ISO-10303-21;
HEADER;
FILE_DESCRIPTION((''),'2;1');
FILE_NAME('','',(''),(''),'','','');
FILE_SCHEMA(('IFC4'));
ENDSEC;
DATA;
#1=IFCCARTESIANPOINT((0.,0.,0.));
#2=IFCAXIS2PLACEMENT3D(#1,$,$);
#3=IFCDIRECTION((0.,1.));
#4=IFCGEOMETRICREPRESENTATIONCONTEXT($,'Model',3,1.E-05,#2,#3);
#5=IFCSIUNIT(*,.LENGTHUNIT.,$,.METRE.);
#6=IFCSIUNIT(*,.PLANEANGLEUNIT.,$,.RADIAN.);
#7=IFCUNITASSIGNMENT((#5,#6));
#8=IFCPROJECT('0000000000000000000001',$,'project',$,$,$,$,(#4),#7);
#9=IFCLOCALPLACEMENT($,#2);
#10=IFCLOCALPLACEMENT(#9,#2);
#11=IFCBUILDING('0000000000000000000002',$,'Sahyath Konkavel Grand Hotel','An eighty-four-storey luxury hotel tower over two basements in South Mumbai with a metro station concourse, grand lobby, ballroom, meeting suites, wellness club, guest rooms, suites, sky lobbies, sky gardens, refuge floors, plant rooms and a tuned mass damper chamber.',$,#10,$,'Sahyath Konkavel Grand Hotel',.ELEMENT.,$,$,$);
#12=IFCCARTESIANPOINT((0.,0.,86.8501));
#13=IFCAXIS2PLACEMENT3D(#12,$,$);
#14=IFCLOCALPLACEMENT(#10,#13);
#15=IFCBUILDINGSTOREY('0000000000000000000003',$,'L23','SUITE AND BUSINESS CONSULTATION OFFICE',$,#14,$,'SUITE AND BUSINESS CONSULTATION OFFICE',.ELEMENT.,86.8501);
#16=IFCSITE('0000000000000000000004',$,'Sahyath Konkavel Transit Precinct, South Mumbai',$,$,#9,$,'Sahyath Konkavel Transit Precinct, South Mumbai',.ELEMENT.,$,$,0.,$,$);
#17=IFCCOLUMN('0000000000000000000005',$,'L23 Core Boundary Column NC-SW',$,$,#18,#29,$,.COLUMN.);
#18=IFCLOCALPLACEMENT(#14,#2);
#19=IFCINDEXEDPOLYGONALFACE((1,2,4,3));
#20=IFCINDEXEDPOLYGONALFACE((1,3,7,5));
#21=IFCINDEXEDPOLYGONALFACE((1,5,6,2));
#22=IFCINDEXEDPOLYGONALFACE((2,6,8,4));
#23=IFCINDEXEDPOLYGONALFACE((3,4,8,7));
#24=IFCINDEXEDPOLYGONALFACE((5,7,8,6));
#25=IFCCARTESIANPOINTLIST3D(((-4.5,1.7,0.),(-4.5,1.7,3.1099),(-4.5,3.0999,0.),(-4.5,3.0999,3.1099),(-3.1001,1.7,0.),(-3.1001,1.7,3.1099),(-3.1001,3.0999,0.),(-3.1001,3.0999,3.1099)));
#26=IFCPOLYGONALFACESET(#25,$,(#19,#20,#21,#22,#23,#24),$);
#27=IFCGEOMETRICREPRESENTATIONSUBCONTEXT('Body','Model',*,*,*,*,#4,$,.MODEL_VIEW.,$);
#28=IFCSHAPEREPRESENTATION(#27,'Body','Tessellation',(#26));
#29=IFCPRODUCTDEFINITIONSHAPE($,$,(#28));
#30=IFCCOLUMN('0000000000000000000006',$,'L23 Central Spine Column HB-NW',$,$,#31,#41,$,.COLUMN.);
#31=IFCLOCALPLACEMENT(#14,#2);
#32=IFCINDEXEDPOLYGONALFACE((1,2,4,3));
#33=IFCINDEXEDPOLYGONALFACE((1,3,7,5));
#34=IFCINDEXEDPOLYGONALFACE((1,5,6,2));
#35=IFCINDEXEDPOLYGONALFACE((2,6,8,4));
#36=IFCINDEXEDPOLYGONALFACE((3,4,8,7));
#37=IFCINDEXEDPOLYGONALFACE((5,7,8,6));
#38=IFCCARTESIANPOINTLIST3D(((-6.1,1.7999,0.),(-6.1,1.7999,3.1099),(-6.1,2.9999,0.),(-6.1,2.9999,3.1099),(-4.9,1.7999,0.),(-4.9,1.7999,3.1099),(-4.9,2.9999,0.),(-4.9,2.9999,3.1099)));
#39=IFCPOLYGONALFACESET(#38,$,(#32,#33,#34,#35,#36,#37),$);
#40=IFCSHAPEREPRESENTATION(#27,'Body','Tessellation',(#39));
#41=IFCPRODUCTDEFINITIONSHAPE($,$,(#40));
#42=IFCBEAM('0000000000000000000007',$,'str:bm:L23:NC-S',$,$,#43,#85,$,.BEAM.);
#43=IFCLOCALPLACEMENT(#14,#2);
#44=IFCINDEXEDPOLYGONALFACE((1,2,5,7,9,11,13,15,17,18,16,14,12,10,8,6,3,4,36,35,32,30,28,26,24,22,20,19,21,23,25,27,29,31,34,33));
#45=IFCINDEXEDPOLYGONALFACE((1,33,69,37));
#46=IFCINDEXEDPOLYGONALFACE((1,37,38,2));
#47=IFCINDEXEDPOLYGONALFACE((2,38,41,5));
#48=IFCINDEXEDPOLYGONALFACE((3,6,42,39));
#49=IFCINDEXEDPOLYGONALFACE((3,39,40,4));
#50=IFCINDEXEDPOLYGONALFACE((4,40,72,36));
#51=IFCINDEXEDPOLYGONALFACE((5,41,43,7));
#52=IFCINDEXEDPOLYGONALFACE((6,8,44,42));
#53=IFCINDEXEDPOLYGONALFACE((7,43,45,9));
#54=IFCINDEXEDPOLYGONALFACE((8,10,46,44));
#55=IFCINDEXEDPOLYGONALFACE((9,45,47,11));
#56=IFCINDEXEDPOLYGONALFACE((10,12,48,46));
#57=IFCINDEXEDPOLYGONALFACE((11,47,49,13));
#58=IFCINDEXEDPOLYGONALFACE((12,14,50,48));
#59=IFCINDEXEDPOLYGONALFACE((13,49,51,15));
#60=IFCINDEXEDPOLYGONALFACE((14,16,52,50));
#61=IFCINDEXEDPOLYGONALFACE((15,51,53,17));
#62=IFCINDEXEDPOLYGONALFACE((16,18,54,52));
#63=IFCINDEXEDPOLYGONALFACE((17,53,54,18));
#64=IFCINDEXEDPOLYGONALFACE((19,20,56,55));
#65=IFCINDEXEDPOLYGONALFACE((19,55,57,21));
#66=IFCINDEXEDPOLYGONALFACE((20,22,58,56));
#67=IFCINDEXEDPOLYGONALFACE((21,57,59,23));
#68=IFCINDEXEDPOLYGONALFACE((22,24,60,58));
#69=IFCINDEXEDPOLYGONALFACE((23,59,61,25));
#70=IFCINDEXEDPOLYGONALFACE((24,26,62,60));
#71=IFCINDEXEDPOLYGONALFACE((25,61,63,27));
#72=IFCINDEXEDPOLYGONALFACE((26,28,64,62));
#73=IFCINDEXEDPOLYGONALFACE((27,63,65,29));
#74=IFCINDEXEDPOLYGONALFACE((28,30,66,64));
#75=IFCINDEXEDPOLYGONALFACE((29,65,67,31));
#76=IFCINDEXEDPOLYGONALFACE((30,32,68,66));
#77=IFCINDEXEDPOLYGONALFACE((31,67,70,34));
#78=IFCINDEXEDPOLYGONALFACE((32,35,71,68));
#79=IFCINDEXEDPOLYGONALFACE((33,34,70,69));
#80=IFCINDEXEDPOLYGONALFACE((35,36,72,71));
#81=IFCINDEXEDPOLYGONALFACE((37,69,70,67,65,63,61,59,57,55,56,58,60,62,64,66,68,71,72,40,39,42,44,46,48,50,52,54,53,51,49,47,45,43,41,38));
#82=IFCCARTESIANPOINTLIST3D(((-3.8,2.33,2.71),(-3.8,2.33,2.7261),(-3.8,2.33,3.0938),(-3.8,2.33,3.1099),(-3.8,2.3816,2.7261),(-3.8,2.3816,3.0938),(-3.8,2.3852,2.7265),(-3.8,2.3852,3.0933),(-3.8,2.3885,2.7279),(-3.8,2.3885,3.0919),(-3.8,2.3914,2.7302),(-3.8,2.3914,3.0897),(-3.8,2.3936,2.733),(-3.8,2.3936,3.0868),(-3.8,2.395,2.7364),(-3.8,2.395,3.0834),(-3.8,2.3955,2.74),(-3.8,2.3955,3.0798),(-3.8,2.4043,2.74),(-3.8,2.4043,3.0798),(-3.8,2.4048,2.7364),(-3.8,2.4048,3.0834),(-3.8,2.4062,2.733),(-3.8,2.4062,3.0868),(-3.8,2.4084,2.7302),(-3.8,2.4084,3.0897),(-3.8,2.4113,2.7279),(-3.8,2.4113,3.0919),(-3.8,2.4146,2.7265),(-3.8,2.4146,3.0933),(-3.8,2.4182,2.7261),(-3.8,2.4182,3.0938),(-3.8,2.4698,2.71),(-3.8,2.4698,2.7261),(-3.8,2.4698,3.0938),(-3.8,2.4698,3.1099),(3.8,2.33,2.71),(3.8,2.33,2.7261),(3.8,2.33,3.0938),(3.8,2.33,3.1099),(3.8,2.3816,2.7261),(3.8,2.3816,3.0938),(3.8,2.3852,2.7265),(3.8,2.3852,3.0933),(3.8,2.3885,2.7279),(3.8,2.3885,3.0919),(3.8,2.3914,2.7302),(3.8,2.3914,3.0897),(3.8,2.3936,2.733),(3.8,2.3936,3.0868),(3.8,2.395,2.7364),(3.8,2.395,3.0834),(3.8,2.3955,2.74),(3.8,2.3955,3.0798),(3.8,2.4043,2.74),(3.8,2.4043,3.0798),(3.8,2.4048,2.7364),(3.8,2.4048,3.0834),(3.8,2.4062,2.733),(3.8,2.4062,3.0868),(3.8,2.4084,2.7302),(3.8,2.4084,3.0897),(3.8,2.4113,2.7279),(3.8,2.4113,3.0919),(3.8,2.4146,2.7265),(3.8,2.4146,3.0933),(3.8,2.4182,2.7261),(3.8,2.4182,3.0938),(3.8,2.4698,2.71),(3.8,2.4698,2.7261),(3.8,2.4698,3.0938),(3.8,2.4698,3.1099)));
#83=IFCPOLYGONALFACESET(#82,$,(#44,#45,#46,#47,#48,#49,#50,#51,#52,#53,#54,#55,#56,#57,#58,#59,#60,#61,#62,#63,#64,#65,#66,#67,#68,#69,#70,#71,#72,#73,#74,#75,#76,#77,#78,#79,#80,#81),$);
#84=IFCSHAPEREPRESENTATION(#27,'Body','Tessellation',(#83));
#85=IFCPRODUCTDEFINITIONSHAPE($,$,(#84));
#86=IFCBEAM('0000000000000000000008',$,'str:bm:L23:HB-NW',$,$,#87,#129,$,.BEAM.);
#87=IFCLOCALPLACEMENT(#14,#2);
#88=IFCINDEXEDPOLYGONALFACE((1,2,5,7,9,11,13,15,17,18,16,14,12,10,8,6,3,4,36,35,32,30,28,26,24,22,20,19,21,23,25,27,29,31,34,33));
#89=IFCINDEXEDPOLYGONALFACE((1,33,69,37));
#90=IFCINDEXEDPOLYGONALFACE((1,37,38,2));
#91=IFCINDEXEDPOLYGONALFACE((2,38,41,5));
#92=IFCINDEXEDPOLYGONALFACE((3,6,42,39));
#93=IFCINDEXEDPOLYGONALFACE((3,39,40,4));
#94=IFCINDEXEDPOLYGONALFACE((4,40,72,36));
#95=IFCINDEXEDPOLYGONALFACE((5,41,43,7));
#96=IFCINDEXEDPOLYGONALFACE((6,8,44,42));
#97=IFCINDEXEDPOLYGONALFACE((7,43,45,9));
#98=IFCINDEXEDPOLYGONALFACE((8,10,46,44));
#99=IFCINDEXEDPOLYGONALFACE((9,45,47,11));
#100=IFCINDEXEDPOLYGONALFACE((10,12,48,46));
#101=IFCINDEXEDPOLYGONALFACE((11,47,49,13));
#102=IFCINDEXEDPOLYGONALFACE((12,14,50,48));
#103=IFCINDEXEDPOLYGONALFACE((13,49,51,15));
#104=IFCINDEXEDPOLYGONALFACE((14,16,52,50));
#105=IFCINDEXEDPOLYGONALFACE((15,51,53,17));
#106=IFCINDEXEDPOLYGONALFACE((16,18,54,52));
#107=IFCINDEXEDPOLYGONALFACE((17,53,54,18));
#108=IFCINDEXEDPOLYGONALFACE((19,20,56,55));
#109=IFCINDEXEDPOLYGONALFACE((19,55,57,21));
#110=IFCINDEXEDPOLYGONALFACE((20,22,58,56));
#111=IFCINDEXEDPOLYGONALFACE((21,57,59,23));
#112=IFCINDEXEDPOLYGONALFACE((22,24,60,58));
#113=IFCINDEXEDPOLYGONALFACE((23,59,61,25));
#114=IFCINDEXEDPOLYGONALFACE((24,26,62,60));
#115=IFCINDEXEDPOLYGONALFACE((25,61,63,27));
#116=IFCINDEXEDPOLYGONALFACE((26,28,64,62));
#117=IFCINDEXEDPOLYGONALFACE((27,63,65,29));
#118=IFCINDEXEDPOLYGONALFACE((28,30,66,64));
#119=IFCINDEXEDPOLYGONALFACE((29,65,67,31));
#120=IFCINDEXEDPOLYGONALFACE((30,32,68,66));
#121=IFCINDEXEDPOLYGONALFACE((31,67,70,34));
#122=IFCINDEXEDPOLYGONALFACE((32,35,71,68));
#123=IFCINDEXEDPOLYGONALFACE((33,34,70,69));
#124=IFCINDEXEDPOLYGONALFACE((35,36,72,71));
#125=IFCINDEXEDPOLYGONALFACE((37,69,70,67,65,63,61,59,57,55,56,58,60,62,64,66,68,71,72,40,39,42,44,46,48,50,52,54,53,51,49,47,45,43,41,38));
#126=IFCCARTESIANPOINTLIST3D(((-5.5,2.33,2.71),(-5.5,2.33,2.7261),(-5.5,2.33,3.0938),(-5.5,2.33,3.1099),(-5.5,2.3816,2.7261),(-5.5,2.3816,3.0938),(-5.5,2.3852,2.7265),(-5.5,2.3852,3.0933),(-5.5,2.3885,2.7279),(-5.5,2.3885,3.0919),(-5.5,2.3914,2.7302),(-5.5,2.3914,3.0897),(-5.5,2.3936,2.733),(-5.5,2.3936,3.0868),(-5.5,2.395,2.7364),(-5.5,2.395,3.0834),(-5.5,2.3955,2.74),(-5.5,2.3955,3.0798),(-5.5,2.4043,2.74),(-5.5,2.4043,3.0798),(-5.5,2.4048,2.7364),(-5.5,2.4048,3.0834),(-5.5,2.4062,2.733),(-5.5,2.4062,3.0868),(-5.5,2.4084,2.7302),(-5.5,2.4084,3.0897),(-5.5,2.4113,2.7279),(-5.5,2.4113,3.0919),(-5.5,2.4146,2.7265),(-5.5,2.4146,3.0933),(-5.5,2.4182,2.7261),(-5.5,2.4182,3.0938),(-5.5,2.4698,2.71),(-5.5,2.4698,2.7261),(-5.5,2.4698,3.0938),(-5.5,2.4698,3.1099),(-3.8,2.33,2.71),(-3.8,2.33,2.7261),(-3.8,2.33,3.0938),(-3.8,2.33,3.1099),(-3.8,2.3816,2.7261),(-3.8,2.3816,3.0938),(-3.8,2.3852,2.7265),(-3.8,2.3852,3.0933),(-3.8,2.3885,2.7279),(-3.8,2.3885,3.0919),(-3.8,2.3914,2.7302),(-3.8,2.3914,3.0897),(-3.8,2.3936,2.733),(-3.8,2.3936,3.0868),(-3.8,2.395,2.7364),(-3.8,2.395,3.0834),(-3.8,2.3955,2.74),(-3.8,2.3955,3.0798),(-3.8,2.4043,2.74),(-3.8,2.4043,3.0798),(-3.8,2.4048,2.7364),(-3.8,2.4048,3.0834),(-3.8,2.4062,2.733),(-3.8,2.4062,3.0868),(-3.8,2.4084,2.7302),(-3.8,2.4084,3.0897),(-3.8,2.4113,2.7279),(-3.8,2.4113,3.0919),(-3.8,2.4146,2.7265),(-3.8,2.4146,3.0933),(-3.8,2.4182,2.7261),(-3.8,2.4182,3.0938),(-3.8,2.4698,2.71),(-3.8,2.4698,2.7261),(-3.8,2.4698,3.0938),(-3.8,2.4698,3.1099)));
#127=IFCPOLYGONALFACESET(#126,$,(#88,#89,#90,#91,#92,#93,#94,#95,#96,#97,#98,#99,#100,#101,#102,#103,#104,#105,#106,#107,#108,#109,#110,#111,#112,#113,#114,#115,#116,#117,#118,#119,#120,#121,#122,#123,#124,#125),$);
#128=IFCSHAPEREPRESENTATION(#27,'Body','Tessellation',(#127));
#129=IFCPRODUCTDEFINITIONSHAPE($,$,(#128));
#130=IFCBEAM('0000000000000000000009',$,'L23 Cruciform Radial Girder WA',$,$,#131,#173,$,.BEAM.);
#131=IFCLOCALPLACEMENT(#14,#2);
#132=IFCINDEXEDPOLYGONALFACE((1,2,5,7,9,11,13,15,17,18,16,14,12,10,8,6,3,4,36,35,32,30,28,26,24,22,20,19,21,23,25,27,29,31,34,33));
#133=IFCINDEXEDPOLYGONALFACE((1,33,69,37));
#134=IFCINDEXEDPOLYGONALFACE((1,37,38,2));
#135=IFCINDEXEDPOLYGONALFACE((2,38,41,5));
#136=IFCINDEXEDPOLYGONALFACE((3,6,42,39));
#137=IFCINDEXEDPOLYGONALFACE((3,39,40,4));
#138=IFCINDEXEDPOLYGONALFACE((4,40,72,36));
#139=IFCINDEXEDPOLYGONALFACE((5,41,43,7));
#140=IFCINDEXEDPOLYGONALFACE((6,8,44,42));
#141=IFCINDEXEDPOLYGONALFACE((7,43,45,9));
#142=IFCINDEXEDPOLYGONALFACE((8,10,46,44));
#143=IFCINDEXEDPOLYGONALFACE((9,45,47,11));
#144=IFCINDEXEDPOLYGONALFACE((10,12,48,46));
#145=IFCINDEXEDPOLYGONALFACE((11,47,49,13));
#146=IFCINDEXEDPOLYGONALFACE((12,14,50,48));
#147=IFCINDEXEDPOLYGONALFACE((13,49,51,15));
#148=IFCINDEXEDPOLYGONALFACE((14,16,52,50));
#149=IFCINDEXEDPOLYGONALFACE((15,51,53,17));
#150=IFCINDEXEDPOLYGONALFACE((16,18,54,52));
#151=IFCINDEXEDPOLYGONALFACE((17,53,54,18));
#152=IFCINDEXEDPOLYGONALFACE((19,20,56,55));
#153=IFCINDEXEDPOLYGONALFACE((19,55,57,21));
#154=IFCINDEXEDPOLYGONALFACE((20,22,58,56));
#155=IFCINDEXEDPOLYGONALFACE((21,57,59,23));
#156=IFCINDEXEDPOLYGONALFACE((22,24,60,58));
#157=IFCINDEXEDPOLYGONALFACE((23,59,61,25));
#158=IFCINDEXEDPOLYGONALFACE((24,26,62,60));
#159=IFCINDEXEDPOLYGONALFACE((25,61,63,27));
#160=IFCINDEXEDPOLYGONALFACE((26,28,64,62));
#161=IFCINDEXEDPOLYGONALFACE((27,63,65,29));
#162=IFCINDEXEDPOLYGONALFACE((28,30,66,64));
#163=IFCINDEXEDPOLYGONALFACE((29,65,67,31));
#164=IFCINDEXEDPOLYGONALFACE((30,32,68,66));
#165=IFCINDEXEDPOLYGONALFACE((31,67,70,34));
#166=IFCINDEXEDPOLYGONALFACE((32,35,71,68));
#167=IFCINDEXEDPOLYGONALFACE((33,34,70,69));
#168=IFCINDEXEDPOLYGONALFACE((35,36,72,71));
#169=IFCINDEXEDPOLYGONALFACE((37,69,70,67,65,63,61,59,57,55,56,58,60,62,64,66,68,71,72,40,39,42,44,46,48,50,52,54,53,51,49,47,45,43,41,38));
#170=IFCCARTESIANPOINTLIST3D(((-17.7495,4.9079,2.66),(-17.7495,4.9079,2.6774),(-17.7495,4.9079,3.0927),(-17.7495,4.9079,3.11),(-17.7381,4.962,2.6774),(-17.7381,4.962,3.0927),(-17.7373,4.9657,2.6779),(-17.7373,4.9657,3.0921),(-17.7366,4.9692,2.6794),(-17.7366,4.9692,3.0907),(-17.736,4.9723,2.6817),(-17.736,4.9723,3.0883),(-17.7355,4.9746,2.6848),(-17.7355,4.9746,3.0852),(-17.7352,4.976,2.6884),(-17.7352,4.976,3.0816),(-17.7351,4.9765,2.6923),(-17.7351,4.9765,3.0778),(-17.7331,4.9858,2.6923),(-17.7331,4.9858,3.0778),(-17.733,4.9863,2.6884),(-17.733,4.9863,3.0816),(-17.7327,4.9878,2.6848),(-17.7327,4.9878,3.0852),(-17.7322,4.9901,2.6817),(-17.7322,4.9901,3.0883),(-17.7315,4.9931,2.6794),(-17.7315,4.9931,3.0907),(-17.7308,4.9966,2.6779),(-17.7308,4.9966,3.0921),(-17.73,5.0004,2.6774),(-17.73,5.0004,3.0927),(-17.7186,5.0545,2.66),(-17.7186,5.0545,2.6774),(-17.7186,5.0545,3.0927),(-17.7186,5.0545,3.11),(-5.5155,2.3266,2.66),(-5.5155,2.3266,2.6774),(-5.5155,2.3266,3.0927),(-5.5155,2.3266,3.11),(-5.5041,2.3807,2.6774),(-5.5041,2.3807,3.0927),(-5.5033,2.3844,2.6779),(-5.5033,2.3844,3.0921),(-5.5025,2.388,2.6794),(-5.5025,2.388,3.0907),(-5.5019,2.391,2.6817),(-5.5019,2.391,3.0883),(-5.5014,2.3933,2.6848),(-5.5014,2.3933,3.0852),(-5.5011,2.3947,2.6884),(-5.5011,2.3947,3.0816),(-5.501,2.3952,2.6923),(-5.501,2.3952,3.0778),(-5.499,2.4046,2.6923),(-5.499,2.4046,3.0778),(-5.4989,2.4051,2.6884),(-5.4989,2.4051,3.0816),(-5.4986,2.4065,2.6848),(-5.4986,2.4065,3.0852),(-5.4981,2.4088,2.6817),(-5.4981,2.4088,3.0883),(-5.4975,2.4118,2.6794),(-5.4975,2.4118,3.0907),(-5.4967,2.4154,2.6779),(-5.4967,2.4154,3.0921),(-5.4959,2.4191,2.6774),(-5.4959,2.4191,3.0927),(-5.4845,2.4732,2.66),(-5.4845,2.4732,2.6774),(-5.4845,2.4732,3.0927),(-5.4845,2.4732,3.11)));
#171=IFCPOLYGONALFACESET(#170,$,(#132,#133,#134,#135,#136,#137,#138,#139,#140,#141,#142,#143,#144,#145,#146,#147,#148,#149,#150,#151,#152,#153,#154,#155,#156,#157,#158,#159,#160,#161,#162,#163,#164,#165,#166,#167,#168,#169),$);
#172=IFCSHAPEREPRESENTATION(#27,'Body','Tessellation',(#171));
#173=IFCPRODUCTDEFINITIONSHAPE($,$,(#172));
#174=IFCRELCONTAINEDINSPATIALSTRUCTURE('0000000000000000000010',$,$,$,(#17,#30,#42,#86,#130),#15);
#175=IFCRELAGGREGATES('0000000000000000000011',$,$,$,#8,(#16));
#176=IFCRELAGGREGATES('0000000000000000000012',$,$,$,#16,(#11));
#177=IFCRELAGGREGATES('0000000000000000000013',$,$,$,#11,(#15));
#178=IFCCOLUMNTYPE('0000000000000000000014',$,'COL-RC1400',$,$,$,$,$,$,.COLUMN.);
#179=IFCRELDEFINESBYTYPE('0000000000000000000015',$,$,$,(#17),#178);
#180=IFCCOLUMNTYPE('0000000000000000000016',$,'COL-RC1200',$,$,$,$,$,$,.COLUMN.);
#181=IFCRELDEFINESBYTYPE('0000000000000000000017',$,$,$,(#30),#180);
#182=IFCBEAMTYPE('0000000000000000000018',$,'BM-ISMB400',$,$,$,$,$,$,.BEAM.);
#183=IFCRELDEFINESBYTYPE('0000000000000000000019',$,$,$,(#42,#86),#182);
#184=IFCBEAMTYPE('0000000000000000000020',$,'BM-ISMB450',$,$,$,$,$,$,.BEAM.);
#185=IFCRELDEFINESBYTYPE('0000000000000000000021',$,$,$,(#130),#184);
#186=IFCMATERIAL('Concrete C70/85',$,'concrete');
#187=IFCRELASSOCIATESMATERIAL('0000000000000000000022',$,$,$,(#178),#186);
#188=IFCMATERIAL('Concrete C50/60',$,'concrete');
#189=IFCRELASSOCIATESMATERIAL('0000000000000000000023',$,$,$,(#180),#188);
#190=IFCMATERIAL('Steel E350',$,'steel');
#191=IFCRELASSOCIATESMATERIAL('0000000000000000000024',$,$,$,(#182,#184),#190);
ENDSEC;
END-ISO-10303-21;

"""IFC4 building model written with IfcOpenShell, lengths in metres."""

from ifc_helpers import new_model, si_unit, direction, frame, origin, origin_2d, place, context, subcontext, project, spatial, rectangle, i_section, extrude, source, transform, mapped, material, material_profile, profile_set, type_object, element, save


model = new_model("IFC4")

# Units and contexts
model_context = context("Model", 3, precision=1e-05, world=origin(), true_north=direction((0.0, 1.0)))
body_context = subcontext(model_context, "Body", "Model", "MODEL_VIEW")
ifc_project = project(units=[si_unit("LENGTHUNIT", "METRE"), si_unit("PLANEANGLEUNIT", "RADIAN")], contexts=[model_context])

# Site, building, storey
site_placement = place(None, origin())
site = spatial("IfcSite", under=ifc_project, at=site_placement, Name="Sahyath Konkavel Transit Precinct, South Mumbai", LongName="Sahyath Konkavel Transit Precinct, South Mumbai", CompositionType="ELEMENT", RefElevation=0.0)
building_placement = place(site_placement, origin())
building = spatial("IfcBuilding", under=site, at=building_placement, Name="Sahyath Konkavel Grand Hotel", Description="An eighty-four-storey luxury hotel tower over two basements in South Mumbai with a metro station concourse, grand lobby, ballroom, meeting suites, wellness club, guest rooms, suites, sky lobbies, sky gardens, refuge floors, plant rooms and a tuned mass damper chamber.", LongName="Sahyath Konkavel Grand Hotel", CompositionType="ELEMENT")
storey_placement = place(building_placement, frame((0.0, 0.0, 86.8501)))
storey = spatial("IfcBuildingStorey", under=building, at=storey_placement, Name="L23", Description="SUITE AND BUSINESS CONSULTATION OFFICE", LongName="SUITE AND BUSINESS CONSULTATION OFFICE", CompositionType="ELEMENT", Elevation=86.8501)

# Columns
ifc_material_1 = material(Name="Concrete C70/85", Category="concrete")
ifc_material_profile_1 = material_profile(ifc_material_1, rectangle(XDim=1.3999, YDim=1.3999, at=origin_2d()), Name="RC 1400x1400")
ifc_profile_set_1 = profile_set([ifc_material_profile_1], Name="Concrete C70/85")
column_type_1 = type_object("IfcColumnType", Name="COL-RC1400", PredefinedType="COLUMN", material=ifc_profile_set_1)
shared_shape_1 = source(origin(), body_context, "Body", "SweptSolid", [
    extrude(rectangle(XDim=1.3999, YDim=1.3999, at=origin_2d()), origin(), (0.0, 0.0, 1.0), 3.1099),
])
column_1_placement = place(storey_placement, frame((-3.8, 2.3999, 0.0), z_axis=(0.0, 0.0, 1.0), x_axis=(1.0, 0.0, 0.0)))
element("IfcColumn", 1, at=column_1_placement, inside=storey, type_object=column_type_1, Name="L23 Core Boundary Column NC-SW", PredefinedType="COLUMN", context=body_context, shape_type="MappedRepresentation", body=[
    mapped(shared_shape_1, transform((0.0, 0.0, 0.0), scale=1.0)),
])
ifc_material_2 = material(Name="Concrete C50/60", Category="concrete")
ifc_material_profile_2 = material_profile(ifc_material_2, rectangle(XDim=1.2, YDim=1.2, at=origin_2d()), Name="RC 1200x1200")
ifc_profile_set_2 = profile_set([ifc_material_profile_2], Name="Concrete C50/60")
column_type_2 = type_object("IfcColumnType", Name="COL-RC1200", PredefinedType="COLUMN", material=ifc_profile_set_2)
shared_shape_2 = source(origin(), body_context, "Body", "SweptSolid", [
    extrude(rectangle(XDim=1.2, YDim=1.2, at=origin_2d()), origin(), (0.0, 0.0, 1.0), 3.1099),
])
column_2_placement = place(storey_placement, frame((-5.5, 2.3999, 0.0), z_axis=(0.0, 0.0, 1.0), x_axis=(1.0, 0.0, 0.0)))
element("IfcColumn", 2, at=column_2_placement, inside=storey, type_object=column_type_2, Name="L23 Central Spine Column HB-NW", PredefinedType="COLUMN", context=body_context, shape_type="MappedRepresentation", body=[
    mapped(shared_shape_2, transform((0.0, 0.0, 0.0), scale=1.0)),
])

# Beams
ifc_material_3 = material(Name="Steel E350", Category="steel")
ifc_material_profile_3 = material_profile(ifc_material_3, i_section(OverallWidth=0.1399, OverallDepth=0.3999, WebThickness=0.0088, FlangeThickness=0.0161, FilletRadius=0.0139, at=origin_2d()), Name="ISMB 400")
ifc_profile_set_3 = profile_set([ifc_material_profile_3], Name="Steel E350")
beam_type_1 = type_object("IfcBeamType", Name="BM-ISMB400", PredefinedType="BEAM", material=ifc_profile_set_3)
shared_shape_3 = source(origin(), body_context, "Body", "SweptSolid", [
    extrude(i_section(OverallWidth=0.1399, OverallDepth=0.3999, WebThickness=0.0088, FlangeThickness=0.0161, FilletRadius=0.0139, at=origin_2d()), origin(), (0.0, 0.0, 1.0), 7.6001),
])
beam_1_placement = place(storey_placement, frame((-3.8, 2.3999, 2.9099), z_axis=(1.0, 0.0, 0.0), x_axis=(0.0, 1.0, 0.0)))
element("IfcBeam", 3, at=beam_1_placement, inside=storey, type_object=beam_type_1, Name="str:bm:L23:NC-S", PredefinedType="BEAM", context=body_context, shape_type="MappedRepresentation", body=[
    mapped(shared_shape_3, transform((0.0, 0.0, 0.0), scale=1.0)),
])
shared_shape_4 = source(origin(), body_context, "Body", "SweptSolid", [
    extrude(i_section(OverallWidth=0.1399, OverallDepth=0.3999, WebThickness=0.0088, FlangeThickness=0.0161, FilletRadius=0.0139, at=origin_2d()), origin(), (0.0, 0.0, 1.0), 1.7),
])
beam_2_placement = place(storey_placement, frame((-5.5, 2.3999, 2.9099), z_axis=(1.0, 0.0, 0.0), x_axis=(0.0, 1.0, 0.0)))
element("IfcBeam", 4, at=beam_2_placement, inside=storey, type_object=beam_type_1, Name="str:bm:L23:HB-NW", PredefinedType="BEAM", context=body_context, shape_type="MappedRepresentation", body=[
    mapped(shared_shape_4, transform((0.0, 0.0, 0.0), scale=1.0)),
])
ifc_material_profile_4 = material_profile(ifc_material_3, i_section(OverallWidth=0.1499, OverallDepth=0.45, WebThickness=0.0095, FlangeThickness=0.0173, FilletRadius=0.0149, at=origin_2d()), Name="ISMB 450")
ifc_profile_set_4 = profile_set([ifc_material_profile_4], Name="Steel E350")
beam_type_2 = type_object("IfcBeamType", Name="BM-ISMB450", PredefinedType="BEAM", material=ifc_profile_set_4)
shared_shape_5 = source(origin(), body_context, "Body", "SweptSolid", [
    extrude(i_section(OverallWidth=0.1499, OverallDepth=0.45, WebThickness=0.0095, FlangeThickness=0.0173, FilletRadius=0.0149, at=origin_2d()), origin(), (0.0, 0.0, 1.0), 12.5034),
])
beam_3_placement = place(storey_placement, frame((-5.5, 2.3999, 2.885), z_axis=(-0.978458, 0.206446, 0.0), x_axis=(-0.206446, -0.978458, 0.0)))
element("IfcBeam", 5, at=beam_3_placement, inside=storey, type_object=beam_type_2, Name="L23 Cruciform Radial Girder WA", PredefinedType="BEAM", context=body_context, shape_type="MappedRepresentation", body=[
    mapped(shared_shape_5, transform((0.0, 0.0, 0.0), scale=1.0)),
])

save(model, "model.ifc")
